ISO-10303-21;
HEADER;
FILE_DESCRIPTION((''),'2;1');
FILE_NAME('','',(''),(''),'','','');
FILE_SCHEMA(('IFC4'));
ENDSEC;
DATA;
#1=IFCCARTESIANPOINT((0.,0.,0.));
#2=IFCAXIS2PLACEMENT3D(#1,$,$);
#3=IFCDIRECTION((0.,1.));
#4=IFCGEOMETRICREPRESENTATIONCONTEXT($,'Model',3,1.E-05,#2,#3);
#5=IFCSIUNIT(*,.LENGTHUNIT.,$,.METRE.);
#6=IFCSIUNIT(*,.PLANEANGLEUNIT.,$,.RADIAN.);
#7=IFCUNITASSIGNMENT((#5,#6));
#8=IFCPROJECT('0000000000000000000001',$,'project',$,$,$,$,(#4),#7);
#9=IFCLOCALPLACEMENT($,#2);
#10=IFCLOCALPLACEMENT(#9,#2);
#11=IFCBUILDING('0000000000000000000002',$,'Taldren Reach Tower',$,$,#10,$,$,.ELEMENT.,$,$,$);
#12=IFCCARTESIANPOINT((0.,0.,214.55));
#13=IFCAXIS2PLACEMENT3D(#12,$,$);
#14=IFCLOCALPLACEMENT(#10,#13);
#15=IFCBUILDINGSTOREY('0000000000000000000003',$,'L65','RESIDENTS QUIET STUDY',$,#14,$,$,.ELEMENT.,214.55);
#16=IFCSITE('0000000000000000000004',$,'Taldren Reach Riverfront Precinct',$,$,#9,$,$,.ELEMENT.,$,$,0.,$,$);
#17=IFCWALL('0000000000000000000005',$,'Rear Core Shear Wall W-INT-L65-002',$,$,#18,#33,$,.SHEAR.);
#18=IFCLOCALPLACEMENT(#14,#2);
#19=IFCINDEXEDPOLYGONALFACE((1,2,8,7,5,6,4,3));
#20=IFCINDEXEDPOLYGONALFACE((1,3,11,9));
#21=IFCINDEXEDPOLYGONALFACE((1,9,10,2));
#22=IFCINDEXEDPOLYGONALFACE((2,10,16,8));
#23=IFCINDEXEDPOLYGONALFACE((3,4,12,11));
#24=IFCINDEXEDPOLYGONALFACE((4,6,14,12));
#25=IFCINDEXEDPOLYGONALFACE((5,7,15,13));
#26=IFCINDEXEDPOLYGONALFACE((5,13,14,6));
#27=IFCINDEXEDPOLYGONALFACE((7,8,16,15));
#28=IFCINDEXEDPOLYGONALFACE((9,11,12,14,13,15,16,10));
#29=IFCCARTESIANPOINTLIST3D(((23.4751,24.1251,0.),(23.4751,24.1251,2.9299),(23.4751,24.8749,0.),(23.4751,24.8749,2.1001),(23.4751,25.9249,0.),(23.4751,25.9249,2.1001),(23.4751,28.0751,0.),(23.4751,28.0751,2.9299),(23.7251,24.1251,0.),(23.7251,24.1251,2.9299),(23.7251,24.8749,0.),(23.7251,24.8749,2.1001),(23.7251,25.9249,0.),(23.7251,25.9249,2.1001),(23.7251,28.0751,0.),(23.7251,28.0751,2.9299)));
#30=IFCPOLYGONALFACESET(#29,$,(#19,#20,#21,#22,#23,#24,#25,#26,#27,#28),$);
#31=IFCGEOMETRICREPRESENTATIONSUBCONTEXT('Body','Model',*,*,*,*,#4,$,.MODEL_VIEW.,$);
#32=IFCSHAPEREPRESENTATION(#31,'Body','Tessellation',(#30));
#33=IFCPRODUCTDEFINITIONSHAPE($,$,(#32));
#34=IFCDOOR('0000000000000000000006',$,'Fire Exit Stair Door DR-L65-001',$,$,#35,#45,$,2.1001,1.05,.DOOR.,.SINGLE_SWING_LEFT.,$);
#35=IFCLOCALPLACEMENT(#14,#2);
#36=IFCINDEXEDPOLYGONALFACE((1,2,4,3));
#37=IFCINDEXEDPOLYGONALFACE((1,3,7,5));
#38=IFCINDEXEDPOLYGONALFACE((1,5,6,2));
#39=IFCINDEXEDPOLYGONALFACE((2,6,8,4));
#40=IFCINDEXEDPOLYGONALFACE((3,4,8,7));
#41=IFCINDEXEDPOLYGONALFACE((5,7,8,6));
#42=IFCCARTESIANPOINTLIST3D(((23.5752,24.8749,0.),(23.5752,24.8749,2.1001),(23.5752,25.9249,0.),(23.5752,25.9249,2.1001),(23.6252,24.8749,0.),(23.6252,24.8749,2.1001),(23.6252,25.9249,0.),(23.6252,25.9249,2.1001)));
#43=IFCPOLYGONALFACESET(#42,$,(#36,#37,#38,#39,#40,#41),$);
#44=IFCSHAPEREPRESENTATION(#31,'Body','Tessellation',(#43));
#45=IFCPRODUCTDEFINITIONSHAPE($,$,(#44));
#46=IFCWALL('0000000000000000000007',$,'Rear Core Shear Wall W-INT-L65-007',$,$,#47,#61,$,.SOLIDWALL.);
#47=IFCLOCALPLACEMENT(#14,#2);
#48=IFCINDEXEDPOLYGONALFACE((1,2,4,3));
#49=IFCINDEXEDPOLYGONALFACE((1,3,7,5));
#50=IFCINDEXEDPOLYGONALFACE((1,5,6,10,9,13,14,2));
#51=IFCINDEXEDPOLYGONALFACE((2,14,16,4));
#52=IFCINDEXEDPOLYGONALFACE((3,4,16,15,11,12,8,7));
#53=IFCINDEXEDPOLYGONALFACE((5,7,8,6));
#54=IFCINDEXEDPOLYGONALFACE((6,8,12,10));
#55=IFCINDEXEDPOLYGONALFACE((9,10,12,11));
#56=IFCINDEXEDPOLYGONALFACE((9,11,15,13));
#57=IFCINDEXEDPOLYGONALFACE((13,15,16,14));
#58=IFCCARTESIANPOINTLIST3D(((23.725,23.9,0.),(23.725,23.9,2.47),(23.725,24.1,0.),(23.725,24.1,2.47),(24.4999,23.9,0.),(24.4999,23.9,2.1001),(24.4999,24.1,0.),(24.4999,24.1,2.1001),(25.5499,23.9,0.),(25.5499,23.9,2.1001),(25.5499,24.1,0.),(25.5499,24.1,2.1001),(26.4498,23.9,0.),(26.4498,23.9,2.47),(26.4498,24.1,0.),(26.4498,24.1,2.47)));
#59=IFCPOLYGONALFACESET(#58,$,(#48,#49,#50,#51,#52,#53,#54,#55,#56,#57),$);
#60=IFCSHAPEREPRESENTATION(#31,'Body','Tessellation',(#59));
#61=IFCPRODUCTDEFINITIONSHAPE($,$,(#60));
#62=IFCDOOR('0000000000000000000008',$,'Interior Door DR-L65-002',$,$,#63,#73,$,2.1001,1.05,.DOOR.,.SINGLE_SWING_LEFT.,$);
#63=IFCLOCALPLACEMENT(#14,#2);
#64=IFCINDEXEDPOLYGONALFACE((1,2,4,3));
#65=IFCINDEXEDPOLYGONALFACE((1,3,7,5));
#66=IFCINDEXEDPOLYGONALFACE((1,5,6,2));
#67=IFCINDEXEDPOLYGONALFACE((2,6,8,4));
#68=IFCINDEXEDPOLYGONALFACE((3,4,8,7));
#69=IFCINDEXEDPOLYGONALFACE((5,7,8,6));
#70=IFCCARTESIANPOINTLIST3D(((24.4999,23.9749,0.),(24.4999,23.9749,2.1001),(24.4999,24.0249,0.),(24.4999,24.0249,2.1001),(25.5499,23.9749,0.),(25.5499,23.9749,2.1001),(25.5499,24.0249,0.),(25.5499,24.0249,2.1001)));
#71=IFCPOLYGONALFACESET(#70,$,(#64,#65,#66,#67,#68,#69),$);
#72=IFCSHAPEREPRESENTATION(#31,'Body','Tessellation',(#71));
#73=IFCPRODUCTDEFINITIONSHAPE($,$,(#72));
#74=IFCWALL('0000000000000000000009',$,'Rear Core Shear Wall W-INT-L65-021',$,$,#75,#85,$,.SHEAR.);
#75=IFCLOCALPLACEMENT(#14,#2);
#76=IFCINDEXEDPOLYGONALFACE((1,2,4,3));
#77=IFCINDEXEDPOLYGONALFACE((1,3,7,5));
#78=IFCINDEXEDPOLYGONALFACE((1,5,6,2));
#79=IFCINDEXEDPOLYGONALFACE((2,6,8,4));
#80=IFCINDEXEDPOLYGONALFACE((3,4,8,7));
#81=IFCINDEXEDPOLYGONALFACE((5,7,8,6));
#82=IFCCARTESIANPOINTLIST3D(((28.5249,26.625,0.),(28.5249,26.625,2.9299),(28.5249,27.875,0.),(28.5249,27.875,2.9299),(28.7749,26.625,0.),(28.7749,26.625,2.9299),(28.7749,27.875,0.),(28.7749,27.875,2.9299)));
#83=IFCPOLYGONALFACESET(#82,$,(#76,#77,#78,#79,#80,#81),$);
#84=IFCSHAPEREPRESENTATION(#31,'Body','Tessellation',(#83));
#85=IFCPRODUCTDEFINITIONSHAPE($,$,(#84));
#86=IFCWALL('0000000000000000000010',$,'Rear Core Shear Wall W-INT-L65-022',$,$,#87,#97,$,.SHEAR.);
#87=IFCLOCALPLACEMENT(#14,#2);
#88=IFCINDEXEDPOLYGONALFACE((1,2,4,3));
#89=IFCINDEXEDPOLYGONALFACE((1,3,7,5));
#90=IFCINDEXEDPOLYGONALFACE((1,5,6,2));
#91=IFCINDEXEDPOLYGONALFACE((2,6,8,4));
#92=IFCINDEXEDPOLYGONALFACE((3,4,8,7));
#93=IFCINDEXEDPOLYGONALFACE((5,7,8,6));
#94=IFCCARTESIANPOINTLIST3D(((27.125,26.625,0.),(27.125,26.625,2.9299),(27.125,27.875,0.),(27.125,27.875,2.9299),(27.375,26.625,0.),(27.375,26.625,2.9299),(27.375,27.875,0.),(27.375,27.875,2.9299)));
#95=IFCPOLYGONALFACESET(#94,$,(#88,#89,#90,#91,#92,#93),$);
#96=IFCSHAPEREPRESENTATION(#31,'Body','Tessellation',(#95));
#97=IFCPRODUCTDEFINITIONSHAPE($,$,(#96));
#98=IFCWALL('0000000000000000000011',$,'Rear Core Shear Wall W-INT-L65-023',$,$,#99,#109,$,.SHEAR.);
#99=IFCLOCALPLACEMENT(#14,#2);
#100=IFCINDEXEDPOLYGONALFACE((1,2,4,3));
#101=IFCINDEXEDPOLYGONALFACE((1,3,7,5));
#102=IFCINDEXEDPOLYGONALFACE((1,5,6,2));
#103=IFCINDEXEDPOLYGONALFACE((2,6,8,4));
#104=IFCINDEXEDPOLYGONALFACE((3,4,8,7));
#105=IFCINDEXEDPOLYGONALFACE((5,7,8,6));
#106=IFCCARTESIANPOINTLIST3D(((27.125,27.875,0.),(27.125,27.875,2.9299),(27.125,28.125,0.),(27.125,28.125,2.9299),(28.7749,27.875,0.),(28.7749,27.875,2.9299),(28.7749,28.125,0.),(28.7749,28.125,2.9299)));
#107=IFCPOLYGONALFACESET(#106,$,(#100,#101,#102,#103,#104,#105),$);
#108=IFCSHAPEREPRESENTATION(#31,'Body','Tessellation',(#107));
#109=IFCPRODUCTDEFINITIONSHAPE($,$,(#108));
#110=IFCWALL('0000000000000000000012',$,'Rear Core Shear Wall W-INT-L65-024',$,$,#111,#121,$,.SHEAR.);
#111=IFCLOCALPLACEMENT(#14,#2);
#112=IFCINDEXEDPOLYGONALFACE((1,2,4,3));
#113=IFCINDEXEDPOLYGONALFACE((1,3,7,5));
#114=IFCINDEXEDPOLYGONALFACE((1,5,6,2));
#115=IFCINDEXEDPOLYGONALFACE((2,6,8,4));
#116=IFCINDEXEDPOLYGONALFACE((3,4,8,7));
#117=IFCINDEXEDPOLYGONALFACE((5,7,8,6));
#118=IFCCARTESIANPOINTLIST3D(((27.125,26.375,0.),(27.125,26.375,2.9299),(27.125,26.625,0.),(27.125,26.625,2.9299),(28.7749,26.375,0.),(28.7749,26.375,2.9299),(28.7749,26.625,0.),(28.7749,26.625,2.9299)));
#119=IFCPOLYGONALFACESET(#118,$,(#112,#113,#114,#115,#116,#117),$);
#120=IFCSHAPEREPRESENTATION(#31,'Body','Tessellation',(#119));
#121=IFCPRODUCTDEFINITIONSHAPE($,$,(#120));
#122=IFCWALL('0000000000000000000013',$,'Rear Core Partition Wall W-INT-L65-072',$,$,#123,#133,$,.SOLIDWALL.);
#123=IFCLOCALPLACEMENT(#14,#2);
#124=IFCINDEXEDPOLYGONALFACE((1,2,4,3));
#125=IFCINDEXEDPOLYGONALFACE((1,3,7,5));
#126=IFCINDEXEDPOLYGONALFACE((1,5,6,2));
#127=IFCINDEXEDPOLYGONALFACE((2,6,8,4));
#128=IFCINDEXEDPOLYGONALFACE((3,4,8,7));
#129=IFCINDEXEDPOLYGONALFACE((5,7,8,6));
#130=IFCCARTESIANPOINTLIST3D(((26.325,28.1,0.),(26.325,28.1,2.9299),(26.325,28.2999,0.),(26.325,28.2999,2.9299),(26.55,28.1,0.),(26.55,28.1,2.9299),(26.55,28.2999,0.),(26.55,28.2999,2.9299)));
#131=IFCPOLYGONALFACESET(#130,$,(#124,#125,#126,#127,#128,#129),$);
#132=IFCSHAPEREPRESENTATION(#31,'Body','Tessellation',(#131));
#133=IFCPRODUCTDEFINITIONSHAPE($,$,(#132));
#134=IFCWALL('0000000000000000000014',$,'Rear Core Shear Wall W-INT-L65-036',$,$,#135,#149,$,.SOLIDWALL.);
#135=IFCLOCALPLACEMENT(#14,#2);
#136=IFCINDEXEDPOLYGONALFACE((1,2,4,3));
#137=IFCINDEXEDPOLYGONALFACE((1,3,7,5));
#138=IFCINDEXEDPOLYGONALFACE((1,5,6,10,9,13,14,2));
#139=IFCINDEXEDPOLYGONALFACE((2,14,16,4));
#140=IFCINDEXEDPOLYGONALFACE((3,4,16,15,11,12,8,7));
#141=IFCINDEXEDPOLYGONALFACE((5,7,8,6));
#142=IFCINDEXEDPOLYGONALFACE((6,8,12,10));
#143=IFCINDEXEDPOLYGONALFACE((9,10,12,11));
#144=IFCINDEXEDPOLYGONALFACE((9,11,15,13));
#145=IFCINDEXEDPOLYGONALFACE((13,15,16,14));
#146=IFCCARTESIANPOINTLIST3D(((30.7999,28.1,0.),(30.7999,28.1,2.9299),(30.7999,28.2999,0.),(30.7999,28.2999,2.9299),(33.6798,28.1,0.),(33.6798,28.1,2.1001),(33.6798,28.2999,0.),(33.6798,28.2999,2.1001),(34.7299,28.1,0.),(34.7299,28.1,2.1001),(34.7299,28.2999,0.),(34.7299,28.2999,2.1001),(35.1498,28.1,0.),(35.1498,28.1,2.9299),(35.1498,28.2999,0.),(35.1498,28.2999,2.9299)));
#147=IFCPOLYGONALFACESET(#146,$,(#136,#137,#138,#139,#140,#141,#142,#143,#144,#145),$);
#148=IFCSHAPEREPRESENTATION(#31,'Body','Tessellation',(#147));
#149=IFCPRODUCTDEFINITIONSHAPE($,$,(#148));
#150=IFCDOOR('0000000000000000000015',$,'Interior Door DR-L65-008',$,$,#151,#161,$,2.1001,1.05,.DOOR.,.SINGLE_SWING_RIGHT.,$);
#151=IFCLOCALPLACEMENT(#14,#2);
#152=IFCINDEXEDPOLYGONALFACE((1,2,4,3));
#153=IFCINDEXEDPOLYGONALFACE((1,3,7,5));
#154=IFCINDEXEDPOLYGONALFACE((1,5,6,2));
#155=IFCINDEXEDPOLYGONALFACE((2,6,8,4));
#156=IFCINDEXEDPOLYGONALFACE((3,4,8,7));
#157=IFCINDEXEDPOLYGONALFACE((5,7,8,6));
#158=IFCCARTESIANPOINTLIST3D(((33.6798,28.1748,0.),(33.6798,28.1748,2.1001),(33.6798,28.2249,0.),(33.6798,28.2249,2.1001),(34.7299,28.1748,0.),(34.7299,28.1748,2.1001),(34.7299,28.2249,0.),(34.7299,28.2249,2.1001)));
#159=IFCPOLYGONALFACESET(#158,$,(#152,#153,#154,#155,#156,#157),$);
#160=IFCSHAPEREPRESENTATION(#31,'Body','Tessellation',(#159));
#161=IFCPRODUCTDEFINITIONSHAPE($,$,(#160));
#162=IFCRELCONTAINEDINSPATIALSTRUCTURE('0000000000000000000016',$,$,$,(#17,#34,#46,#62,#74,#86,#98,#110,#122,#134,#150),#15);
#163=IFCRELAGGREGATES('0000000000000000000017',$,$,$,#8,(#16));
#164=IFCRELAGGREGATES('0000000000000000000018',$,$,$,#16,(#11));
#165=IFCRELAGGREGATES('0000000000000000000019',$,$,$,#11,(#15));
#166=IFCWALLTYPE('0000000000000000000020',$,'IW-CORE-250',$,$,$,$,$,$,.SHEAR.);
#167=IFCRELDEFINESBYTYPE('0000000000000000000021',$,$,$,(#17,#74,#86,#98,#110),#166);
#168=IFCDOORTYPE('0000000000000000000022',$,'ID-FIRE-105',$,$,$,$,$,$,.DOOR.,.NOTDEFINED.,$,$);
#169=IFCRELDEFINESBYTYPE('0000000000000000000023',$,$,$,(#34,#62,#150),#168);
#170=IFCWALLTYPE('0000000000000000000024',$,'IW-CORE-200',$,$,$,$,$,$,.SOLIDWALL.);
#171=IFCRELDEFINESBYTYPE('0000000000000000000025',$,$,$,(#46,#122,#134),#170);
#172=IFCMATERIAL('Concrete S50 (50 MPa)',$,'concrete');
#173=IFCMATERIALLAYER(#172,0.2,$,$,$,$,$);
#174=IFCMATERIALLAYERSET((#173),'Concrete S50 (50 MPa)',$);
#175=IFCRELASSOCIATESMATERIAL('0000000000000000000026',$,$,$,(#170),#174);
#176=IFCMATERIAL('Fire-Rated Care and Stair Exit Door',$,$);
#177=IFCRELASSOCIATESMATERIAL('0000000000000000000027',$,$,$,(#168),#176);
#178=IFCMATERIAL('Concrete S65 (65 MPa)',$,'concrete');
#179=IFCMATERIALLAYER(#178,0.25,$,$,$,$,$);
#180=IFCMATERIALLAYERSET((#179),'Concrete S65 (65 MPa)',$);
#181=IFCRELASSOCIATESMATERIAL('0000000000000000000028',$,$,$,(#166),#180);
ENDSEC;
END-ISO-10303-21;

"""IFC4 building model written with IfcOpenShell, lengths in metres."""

from ifc_helpers import new_model, si_unit, direction, frame, frame_2d, origin, place, context, subcontext, project, spatial, rectangle, extrude, source, transform, mapped, material, layer, layer_set, type_object, element, fill, save


model = new_model("IFC4")

# Units and contexts
model_context = context("Model", 3, precision=1e-05, world=origin(), true_north=direction((0.0, 1.0)))
body_context = subcontext(model_context, "Body", "Model", "MODEL_VIEW")
ifc_project = project(units=[si_unit("LENGTHUNIT", "METRE"), si_unit("PLANEANGLEUNIT", "RADIAN")], contexts=[model_context])

# Site, building, storey
site_placement = place(None, origin())
site = spatial("IfcSite", under=ifc_project, at=site_placement, Name="Taldren Reach Riverfront Precinct", CompositionType="ELEMENT", RefElevation=0.0)
building_placement = place(site_placement, origin())
building = spatial("IfcBuilding", under=site, at=building_placement, Name="Taldren Reach Tower", CompositionType="ELEMENT")
storey_placement = place(building_placement, frame((0.0, 0.0, 214.55)))
storey = spatial("IfcBuildingStorey", under=building, at=storey_placement, Name="L65", Description="RESIDENTS QUIET STUDY", CompositionType="ELEMENT", Elevation=214.55)

# Shared definitions
ifc_material_1 = material(Name="Concrete S50 (50 MPa)", Category="concrete")
ifc_layer_1 = layer(ifc_material_1, 0.2)
ifc_layer_set_1 = layer_set([ifc_layer_1], Name="Concrete S50 (50 MPa)")
wall_type_1 = type_object("IfcWallType", Name="IW-CORE-200", PredefinedType="SOLIDWALL", material=ifc_layer_set_1)
shared_shape_1 = source(origin(), body_context, "Body", "SweptSolid", [
    extrude(rectangle(XDim=1.05, YDim=2.1001, at=frame_2d((0.5249, 1.05))), frame((0.0, 0.1099, 0.0), z_axis=(0.0, -1.0, 0.0), x_axis=(1.0, 0.0, 0.0)), (0.0, 0.0, 1.0), 0.22),
])
ifc_material_2 = material(Name="Fire-Rated Care and Stair Exit Door")
door_type_1 = type_object("IfcDoorType", Name="ID-FIRE-105", OperationType="NOTDEFINED", PredefinedType="DOOR", material=ifc_material_2)
shared_shape_2 = source(origin(), body_context, "Body", "SweptSolid", [
    extrude(rectangle(XDim=1.05, YDim=2.1001, at=frame_2d((0.5249, 1.05))), frame((0.0, 0.0249, 0.0), z_axis=(0.0, -1.0, 0.0), x_axis=(1.0, 0.0, 0.0)), (0.0, 0.0, 1.0), 0.05),
])

# Walls, openings, doors
ifc_material_3 = material(Name="Concrete S65 (65 MPa)", Category="concrete")
ifc_layer_2 = layer(ifc_material_3, 0.25)
ifc_layer_set_2 = layer_set([ifc_layer_2], Name="Concrete S65 (65 MPa)")
wall_type_2 = type_object("IfcWallType", Name="IW-CORE-250", PredefinedType="SHEAR", material=ifc_layer_set_2)
shared_shape_3 = source(origin(), body_context, "Body", "SweptSolid", [
    extrude(rectangle(XDim=3.95, YDim=0.25, at=frame_2d((1.9751, 0.0))), origin(), (0.0, 0.0, 1.0), 2.9299),
])
wall_1_placement = place(storey_placement, frame((23.6001, 24.125, 0.0), z_axis=(0.0, 0.0, 1.0), x_axis=(0.0, 1.0, 0.0)))
wall_1 = element("IfcWall", 1, at=wall_1_placement, inside=storey, type_object=wall_type_2, Name="Rear Core Shear Wall W-INT-L65-002", PredefinedType="SHEAR", context=body_context, shape_type="MappedRepresentation", body=[
    mapped(shared_shape_3, transform((0.0, 0.0, 0.0), scale=1.0)),
])
shared_shape_4 = source(origin(), body_context, "Body", "SweptSolid", [
    extrude(rectangle(XDim=1.05, YDim=2.1001, at=frame_2d((0.5249, 1.05))), frame((0.0, 0.135, 0.0), z_axis=(0.0, -1.0, 0.0), x_axis=(1.0, 0.0, 0.0)), (0.0, 0.0, 1.0), 0.27),
])
opening_1_placement = place(wall_1_placement, frame((0.75, 0.0, 0.0)))
opening_1 = element("IfcOpeningElement", 2, at=opening_1_placement, cuts=wall_1, PredefinedType="OPENING", context=body_context, shape_type="MappedRepresentation", body=[
    mapped(shared_shape_4, transform((0.0, 0.0, 0.0), scale=1.0)),
])
door_1_placement = place(opening_1_placement, origin())
door_1 = element("IfcDoor", 3, at=door_1_placement, inside=storey, type_object=door_type_1, Name="Fire Exit Stair Door DR-L65-001", OperationType="SINGLE_SWING_LEFT", OverallHeight=2.1001, OverallWidth=1.05, PredefinedType="DOOR", context=body_context, shape_type="MappedRepresentation", body=[
    mapped(shared_shape_2, transform((0.0, 0.0, 0.0), scale=1.0)),
])
fill(opening_1, door_1)
shared_shape_5 = source(origin(), body_context, "Body", "SweptSolid", [
    extrude(rectangle(XDim=2.7249, YDim=0.2, at=frame_2d((1.3623, 0.0))), origin(), (0.0, 0.0, 1.0), 2.47),
])
wall_2_placement = place(storey_placement, frame((23.7251, 24.0, 0.0), z_axis=(0.0, 0.0, 1.0), x_axis=(1.0, 0.0, 0.0)))
wall_2 = element("IfcWall", 4, at=wall_2_placement, inside=storey, type_object=wall_type_1, Name="Rear Core Shear Wall W-INT-L65-007", PredefinedType="SOLIDWALL", context=body_context, shape_type="MappedRepresentation", body=[
    mapped(shared_shape_5, transform((0.0, 0.0, 0.0), scale=1.0)),
])
opening_2_placement = place(wall_2_placement, frame((0.7749, 0.0, 0.0)))
opening_2 = element("IfcOpeningElement", 5, at=opening_2_placement, cuts=wall_2, PredefinedType="OPENING", context=body_context, shape_type="MappedRepresentation", body=[
    mapped(shared_shape_1, transform((0.0, 0.0, 0.0), scale=1.0)),
])
door_2_placement = place(opening_2_placement, origin())
door_2 = element("IfcDoor", 6, at=door_2_placement, inside=storey, type_object=door_type_1, Name="Interior Door DR-L65-002", OperationType="SINGLE_SWING_LEFT", OverallHeight=2.1001, OverallWidth=1.05, PredefinedType="DOOR", context=body_context, shape_type="MappedRepresentation", body=[
    mapped(shared_shape_2, transform((0.0, 0.0, 0.0), scale=1.0)),
])
fill(opening_2, door_2)

# Walls
shared_shape_6 = source(origin(), body_context, "Body", "SweptSolid", [
    extrude(rectangle(XDim=1.25, YDim=0.25, at=frame_2d((0.625, 0.0))), origin(), (0.0, 0.0, 1.0), 2.9299),
])
for number, where, z_axis, x_axis, name in (
    (7, (28.6499, 26.625, 0.0), (0.0, 0.0, 1.0), (0.0, 1.0, 0.0), "Rear Core Shear Wall W-INT-L65-021"),
    (8, (27.25, 27.875, 0.0), (0.0, 0.0, 1.0), (0.0, -1.0, 0.0), "Rear Core Shear Wall W-INT-L65-022"),
):
    element("IfcWall", number, at=place(storey_placement, frame(where, z_axis=z_axis, x_axis=x_axis)), inside=storey, type_object=wall_type_2, Name=name, PredefinedType="SHEAR", context=body_context, shape_type="MappedRepresentation", body=[
        mapped(shared_shape_6, transform((0.0, 0.0, 0.0), scale=1.0)),
    ])
shared_shape_7 = source(origin(), body_context, "Body", "SweptSolid", [
    extrude(rectangle(XDim=1.6499, YDim=0.25, at=frame_2d((0.825, 0.0))), origin(), (0.0, 0.0, 1.0), 2.9299),
])
for number, where, z_axis, x_axis, name in (
    (9, (28.7749, 28.0, 0.0), (0.0, 0.0, 1.0), (-1.0, 0.0, 0.0), "Rear Core Shear Wall W-INT-L65-023"),
    (10, (27.125, 26.5, 0.0), (0.0, 0.0, 1.0), (1.0, 0.0, 0.0), "Rear Core Shear Wall W-INT-L65-024"),
):
    element("IfcWall", number, at=place(storey_placement, frame(where, z_axis=z_axis, x_axis=x_axis)), inside=storey, type_object=wall_type_2, Name=name, PredefinedType="SHEAR", context=body_context, shape_type="MappedRepresentation", body=[
        mapped(shared_shape_7, transform((0.0, 0.0, 0.0), scale=1.0)),
    ])
shared_shape_8 = source(origin(), body_context, "Body", "SweptSolid", [
    extrude(rectangle(XDim=0.2251, YDim=0.2, at=frame_2d((0.1125, 0.0))), origin(), (0.0, 0.0, 1.0), 2.9299),
])
wall_3_placement = place(storey_placement, frame((26.325, 28.2, 0.0), z_axis=(0.0, 0.0, 1.0), x_axis=(1.0, 0.0, 0.0)))
element("IfcWall", 11, at=wall_3_placement, inside=storey, type_object=wall_type_1, Name="Rear Core Partition Wall W-INT-L65-072", PredefinedType="SOLIDWALL", context=body_context, shape_type="MappedRepresentation", body=[
    mapped(shared_shape_8, transform((0.0, 0.0, 0.0), scale=1.0)),
])

# Wall, opening, door
shared_shape_9 = source(origin(), body_context, "Body", "SweptSolid", [
    extrude(rectangle(XDim=4.3499, YDim=0.2, at=frame_2d((2.1748, 0.0))), origin(), (0.0, 0.0, 1.0), 2.9299),
])
wall_4_placement = place(storey_placement, frame((30.8, 28.2, 0.0), z_axis=(0.0, 0.0, 1.0), x_axis=(1.0, 0.0, 0.0)))
wall_4 = element("IfcWall", 12, at=wall_4_placement, inside=storey, type_object=wall_type_1, Name="Rear Core Shear Wall W-INT-L65-036", PredefinedType="SOLIDWALL", context=body_context, shape_type="MappedRepresentation", body=[
    mapped(shared_shape_9, transform((0.0, 0.0, 0.0), scale=1.0)),
])
opening_3_placement = place(wall_4_placement, frame((2.8799, 0.0, 0.0)))
opening_3 = element("IfcOpeningElement", 13, at=opening_3_placement, cuts=wall_4, PredefinedType="OPENING", context=body_context, shape_type="MappedRepresentation", body=[
    mapped(shared_shape_1, transform((0.0, 0.0, 0.0), scale=1.0)),
])
door_3_placement = place(opening_3_placement, origin())
door_3 = element("IfcDoor", 14, at=door_3_placement, inside=storey, type_object=door_type_1, Name="Interior Door DR-L65-008", OperationType="SINGLE_SWING_RIGHT", OverallHeight=2.1001, OverallWidth=1.05, PredefinedType="DOOR", context=body_context, shape_type="MappedRepresentation", body=[
    mapped(shared_shape_2, transform((0.0, 0.0, 0.0), scale=1.0)),
])
fill(opening_3, door_3)

save(model, "model.ifc")
